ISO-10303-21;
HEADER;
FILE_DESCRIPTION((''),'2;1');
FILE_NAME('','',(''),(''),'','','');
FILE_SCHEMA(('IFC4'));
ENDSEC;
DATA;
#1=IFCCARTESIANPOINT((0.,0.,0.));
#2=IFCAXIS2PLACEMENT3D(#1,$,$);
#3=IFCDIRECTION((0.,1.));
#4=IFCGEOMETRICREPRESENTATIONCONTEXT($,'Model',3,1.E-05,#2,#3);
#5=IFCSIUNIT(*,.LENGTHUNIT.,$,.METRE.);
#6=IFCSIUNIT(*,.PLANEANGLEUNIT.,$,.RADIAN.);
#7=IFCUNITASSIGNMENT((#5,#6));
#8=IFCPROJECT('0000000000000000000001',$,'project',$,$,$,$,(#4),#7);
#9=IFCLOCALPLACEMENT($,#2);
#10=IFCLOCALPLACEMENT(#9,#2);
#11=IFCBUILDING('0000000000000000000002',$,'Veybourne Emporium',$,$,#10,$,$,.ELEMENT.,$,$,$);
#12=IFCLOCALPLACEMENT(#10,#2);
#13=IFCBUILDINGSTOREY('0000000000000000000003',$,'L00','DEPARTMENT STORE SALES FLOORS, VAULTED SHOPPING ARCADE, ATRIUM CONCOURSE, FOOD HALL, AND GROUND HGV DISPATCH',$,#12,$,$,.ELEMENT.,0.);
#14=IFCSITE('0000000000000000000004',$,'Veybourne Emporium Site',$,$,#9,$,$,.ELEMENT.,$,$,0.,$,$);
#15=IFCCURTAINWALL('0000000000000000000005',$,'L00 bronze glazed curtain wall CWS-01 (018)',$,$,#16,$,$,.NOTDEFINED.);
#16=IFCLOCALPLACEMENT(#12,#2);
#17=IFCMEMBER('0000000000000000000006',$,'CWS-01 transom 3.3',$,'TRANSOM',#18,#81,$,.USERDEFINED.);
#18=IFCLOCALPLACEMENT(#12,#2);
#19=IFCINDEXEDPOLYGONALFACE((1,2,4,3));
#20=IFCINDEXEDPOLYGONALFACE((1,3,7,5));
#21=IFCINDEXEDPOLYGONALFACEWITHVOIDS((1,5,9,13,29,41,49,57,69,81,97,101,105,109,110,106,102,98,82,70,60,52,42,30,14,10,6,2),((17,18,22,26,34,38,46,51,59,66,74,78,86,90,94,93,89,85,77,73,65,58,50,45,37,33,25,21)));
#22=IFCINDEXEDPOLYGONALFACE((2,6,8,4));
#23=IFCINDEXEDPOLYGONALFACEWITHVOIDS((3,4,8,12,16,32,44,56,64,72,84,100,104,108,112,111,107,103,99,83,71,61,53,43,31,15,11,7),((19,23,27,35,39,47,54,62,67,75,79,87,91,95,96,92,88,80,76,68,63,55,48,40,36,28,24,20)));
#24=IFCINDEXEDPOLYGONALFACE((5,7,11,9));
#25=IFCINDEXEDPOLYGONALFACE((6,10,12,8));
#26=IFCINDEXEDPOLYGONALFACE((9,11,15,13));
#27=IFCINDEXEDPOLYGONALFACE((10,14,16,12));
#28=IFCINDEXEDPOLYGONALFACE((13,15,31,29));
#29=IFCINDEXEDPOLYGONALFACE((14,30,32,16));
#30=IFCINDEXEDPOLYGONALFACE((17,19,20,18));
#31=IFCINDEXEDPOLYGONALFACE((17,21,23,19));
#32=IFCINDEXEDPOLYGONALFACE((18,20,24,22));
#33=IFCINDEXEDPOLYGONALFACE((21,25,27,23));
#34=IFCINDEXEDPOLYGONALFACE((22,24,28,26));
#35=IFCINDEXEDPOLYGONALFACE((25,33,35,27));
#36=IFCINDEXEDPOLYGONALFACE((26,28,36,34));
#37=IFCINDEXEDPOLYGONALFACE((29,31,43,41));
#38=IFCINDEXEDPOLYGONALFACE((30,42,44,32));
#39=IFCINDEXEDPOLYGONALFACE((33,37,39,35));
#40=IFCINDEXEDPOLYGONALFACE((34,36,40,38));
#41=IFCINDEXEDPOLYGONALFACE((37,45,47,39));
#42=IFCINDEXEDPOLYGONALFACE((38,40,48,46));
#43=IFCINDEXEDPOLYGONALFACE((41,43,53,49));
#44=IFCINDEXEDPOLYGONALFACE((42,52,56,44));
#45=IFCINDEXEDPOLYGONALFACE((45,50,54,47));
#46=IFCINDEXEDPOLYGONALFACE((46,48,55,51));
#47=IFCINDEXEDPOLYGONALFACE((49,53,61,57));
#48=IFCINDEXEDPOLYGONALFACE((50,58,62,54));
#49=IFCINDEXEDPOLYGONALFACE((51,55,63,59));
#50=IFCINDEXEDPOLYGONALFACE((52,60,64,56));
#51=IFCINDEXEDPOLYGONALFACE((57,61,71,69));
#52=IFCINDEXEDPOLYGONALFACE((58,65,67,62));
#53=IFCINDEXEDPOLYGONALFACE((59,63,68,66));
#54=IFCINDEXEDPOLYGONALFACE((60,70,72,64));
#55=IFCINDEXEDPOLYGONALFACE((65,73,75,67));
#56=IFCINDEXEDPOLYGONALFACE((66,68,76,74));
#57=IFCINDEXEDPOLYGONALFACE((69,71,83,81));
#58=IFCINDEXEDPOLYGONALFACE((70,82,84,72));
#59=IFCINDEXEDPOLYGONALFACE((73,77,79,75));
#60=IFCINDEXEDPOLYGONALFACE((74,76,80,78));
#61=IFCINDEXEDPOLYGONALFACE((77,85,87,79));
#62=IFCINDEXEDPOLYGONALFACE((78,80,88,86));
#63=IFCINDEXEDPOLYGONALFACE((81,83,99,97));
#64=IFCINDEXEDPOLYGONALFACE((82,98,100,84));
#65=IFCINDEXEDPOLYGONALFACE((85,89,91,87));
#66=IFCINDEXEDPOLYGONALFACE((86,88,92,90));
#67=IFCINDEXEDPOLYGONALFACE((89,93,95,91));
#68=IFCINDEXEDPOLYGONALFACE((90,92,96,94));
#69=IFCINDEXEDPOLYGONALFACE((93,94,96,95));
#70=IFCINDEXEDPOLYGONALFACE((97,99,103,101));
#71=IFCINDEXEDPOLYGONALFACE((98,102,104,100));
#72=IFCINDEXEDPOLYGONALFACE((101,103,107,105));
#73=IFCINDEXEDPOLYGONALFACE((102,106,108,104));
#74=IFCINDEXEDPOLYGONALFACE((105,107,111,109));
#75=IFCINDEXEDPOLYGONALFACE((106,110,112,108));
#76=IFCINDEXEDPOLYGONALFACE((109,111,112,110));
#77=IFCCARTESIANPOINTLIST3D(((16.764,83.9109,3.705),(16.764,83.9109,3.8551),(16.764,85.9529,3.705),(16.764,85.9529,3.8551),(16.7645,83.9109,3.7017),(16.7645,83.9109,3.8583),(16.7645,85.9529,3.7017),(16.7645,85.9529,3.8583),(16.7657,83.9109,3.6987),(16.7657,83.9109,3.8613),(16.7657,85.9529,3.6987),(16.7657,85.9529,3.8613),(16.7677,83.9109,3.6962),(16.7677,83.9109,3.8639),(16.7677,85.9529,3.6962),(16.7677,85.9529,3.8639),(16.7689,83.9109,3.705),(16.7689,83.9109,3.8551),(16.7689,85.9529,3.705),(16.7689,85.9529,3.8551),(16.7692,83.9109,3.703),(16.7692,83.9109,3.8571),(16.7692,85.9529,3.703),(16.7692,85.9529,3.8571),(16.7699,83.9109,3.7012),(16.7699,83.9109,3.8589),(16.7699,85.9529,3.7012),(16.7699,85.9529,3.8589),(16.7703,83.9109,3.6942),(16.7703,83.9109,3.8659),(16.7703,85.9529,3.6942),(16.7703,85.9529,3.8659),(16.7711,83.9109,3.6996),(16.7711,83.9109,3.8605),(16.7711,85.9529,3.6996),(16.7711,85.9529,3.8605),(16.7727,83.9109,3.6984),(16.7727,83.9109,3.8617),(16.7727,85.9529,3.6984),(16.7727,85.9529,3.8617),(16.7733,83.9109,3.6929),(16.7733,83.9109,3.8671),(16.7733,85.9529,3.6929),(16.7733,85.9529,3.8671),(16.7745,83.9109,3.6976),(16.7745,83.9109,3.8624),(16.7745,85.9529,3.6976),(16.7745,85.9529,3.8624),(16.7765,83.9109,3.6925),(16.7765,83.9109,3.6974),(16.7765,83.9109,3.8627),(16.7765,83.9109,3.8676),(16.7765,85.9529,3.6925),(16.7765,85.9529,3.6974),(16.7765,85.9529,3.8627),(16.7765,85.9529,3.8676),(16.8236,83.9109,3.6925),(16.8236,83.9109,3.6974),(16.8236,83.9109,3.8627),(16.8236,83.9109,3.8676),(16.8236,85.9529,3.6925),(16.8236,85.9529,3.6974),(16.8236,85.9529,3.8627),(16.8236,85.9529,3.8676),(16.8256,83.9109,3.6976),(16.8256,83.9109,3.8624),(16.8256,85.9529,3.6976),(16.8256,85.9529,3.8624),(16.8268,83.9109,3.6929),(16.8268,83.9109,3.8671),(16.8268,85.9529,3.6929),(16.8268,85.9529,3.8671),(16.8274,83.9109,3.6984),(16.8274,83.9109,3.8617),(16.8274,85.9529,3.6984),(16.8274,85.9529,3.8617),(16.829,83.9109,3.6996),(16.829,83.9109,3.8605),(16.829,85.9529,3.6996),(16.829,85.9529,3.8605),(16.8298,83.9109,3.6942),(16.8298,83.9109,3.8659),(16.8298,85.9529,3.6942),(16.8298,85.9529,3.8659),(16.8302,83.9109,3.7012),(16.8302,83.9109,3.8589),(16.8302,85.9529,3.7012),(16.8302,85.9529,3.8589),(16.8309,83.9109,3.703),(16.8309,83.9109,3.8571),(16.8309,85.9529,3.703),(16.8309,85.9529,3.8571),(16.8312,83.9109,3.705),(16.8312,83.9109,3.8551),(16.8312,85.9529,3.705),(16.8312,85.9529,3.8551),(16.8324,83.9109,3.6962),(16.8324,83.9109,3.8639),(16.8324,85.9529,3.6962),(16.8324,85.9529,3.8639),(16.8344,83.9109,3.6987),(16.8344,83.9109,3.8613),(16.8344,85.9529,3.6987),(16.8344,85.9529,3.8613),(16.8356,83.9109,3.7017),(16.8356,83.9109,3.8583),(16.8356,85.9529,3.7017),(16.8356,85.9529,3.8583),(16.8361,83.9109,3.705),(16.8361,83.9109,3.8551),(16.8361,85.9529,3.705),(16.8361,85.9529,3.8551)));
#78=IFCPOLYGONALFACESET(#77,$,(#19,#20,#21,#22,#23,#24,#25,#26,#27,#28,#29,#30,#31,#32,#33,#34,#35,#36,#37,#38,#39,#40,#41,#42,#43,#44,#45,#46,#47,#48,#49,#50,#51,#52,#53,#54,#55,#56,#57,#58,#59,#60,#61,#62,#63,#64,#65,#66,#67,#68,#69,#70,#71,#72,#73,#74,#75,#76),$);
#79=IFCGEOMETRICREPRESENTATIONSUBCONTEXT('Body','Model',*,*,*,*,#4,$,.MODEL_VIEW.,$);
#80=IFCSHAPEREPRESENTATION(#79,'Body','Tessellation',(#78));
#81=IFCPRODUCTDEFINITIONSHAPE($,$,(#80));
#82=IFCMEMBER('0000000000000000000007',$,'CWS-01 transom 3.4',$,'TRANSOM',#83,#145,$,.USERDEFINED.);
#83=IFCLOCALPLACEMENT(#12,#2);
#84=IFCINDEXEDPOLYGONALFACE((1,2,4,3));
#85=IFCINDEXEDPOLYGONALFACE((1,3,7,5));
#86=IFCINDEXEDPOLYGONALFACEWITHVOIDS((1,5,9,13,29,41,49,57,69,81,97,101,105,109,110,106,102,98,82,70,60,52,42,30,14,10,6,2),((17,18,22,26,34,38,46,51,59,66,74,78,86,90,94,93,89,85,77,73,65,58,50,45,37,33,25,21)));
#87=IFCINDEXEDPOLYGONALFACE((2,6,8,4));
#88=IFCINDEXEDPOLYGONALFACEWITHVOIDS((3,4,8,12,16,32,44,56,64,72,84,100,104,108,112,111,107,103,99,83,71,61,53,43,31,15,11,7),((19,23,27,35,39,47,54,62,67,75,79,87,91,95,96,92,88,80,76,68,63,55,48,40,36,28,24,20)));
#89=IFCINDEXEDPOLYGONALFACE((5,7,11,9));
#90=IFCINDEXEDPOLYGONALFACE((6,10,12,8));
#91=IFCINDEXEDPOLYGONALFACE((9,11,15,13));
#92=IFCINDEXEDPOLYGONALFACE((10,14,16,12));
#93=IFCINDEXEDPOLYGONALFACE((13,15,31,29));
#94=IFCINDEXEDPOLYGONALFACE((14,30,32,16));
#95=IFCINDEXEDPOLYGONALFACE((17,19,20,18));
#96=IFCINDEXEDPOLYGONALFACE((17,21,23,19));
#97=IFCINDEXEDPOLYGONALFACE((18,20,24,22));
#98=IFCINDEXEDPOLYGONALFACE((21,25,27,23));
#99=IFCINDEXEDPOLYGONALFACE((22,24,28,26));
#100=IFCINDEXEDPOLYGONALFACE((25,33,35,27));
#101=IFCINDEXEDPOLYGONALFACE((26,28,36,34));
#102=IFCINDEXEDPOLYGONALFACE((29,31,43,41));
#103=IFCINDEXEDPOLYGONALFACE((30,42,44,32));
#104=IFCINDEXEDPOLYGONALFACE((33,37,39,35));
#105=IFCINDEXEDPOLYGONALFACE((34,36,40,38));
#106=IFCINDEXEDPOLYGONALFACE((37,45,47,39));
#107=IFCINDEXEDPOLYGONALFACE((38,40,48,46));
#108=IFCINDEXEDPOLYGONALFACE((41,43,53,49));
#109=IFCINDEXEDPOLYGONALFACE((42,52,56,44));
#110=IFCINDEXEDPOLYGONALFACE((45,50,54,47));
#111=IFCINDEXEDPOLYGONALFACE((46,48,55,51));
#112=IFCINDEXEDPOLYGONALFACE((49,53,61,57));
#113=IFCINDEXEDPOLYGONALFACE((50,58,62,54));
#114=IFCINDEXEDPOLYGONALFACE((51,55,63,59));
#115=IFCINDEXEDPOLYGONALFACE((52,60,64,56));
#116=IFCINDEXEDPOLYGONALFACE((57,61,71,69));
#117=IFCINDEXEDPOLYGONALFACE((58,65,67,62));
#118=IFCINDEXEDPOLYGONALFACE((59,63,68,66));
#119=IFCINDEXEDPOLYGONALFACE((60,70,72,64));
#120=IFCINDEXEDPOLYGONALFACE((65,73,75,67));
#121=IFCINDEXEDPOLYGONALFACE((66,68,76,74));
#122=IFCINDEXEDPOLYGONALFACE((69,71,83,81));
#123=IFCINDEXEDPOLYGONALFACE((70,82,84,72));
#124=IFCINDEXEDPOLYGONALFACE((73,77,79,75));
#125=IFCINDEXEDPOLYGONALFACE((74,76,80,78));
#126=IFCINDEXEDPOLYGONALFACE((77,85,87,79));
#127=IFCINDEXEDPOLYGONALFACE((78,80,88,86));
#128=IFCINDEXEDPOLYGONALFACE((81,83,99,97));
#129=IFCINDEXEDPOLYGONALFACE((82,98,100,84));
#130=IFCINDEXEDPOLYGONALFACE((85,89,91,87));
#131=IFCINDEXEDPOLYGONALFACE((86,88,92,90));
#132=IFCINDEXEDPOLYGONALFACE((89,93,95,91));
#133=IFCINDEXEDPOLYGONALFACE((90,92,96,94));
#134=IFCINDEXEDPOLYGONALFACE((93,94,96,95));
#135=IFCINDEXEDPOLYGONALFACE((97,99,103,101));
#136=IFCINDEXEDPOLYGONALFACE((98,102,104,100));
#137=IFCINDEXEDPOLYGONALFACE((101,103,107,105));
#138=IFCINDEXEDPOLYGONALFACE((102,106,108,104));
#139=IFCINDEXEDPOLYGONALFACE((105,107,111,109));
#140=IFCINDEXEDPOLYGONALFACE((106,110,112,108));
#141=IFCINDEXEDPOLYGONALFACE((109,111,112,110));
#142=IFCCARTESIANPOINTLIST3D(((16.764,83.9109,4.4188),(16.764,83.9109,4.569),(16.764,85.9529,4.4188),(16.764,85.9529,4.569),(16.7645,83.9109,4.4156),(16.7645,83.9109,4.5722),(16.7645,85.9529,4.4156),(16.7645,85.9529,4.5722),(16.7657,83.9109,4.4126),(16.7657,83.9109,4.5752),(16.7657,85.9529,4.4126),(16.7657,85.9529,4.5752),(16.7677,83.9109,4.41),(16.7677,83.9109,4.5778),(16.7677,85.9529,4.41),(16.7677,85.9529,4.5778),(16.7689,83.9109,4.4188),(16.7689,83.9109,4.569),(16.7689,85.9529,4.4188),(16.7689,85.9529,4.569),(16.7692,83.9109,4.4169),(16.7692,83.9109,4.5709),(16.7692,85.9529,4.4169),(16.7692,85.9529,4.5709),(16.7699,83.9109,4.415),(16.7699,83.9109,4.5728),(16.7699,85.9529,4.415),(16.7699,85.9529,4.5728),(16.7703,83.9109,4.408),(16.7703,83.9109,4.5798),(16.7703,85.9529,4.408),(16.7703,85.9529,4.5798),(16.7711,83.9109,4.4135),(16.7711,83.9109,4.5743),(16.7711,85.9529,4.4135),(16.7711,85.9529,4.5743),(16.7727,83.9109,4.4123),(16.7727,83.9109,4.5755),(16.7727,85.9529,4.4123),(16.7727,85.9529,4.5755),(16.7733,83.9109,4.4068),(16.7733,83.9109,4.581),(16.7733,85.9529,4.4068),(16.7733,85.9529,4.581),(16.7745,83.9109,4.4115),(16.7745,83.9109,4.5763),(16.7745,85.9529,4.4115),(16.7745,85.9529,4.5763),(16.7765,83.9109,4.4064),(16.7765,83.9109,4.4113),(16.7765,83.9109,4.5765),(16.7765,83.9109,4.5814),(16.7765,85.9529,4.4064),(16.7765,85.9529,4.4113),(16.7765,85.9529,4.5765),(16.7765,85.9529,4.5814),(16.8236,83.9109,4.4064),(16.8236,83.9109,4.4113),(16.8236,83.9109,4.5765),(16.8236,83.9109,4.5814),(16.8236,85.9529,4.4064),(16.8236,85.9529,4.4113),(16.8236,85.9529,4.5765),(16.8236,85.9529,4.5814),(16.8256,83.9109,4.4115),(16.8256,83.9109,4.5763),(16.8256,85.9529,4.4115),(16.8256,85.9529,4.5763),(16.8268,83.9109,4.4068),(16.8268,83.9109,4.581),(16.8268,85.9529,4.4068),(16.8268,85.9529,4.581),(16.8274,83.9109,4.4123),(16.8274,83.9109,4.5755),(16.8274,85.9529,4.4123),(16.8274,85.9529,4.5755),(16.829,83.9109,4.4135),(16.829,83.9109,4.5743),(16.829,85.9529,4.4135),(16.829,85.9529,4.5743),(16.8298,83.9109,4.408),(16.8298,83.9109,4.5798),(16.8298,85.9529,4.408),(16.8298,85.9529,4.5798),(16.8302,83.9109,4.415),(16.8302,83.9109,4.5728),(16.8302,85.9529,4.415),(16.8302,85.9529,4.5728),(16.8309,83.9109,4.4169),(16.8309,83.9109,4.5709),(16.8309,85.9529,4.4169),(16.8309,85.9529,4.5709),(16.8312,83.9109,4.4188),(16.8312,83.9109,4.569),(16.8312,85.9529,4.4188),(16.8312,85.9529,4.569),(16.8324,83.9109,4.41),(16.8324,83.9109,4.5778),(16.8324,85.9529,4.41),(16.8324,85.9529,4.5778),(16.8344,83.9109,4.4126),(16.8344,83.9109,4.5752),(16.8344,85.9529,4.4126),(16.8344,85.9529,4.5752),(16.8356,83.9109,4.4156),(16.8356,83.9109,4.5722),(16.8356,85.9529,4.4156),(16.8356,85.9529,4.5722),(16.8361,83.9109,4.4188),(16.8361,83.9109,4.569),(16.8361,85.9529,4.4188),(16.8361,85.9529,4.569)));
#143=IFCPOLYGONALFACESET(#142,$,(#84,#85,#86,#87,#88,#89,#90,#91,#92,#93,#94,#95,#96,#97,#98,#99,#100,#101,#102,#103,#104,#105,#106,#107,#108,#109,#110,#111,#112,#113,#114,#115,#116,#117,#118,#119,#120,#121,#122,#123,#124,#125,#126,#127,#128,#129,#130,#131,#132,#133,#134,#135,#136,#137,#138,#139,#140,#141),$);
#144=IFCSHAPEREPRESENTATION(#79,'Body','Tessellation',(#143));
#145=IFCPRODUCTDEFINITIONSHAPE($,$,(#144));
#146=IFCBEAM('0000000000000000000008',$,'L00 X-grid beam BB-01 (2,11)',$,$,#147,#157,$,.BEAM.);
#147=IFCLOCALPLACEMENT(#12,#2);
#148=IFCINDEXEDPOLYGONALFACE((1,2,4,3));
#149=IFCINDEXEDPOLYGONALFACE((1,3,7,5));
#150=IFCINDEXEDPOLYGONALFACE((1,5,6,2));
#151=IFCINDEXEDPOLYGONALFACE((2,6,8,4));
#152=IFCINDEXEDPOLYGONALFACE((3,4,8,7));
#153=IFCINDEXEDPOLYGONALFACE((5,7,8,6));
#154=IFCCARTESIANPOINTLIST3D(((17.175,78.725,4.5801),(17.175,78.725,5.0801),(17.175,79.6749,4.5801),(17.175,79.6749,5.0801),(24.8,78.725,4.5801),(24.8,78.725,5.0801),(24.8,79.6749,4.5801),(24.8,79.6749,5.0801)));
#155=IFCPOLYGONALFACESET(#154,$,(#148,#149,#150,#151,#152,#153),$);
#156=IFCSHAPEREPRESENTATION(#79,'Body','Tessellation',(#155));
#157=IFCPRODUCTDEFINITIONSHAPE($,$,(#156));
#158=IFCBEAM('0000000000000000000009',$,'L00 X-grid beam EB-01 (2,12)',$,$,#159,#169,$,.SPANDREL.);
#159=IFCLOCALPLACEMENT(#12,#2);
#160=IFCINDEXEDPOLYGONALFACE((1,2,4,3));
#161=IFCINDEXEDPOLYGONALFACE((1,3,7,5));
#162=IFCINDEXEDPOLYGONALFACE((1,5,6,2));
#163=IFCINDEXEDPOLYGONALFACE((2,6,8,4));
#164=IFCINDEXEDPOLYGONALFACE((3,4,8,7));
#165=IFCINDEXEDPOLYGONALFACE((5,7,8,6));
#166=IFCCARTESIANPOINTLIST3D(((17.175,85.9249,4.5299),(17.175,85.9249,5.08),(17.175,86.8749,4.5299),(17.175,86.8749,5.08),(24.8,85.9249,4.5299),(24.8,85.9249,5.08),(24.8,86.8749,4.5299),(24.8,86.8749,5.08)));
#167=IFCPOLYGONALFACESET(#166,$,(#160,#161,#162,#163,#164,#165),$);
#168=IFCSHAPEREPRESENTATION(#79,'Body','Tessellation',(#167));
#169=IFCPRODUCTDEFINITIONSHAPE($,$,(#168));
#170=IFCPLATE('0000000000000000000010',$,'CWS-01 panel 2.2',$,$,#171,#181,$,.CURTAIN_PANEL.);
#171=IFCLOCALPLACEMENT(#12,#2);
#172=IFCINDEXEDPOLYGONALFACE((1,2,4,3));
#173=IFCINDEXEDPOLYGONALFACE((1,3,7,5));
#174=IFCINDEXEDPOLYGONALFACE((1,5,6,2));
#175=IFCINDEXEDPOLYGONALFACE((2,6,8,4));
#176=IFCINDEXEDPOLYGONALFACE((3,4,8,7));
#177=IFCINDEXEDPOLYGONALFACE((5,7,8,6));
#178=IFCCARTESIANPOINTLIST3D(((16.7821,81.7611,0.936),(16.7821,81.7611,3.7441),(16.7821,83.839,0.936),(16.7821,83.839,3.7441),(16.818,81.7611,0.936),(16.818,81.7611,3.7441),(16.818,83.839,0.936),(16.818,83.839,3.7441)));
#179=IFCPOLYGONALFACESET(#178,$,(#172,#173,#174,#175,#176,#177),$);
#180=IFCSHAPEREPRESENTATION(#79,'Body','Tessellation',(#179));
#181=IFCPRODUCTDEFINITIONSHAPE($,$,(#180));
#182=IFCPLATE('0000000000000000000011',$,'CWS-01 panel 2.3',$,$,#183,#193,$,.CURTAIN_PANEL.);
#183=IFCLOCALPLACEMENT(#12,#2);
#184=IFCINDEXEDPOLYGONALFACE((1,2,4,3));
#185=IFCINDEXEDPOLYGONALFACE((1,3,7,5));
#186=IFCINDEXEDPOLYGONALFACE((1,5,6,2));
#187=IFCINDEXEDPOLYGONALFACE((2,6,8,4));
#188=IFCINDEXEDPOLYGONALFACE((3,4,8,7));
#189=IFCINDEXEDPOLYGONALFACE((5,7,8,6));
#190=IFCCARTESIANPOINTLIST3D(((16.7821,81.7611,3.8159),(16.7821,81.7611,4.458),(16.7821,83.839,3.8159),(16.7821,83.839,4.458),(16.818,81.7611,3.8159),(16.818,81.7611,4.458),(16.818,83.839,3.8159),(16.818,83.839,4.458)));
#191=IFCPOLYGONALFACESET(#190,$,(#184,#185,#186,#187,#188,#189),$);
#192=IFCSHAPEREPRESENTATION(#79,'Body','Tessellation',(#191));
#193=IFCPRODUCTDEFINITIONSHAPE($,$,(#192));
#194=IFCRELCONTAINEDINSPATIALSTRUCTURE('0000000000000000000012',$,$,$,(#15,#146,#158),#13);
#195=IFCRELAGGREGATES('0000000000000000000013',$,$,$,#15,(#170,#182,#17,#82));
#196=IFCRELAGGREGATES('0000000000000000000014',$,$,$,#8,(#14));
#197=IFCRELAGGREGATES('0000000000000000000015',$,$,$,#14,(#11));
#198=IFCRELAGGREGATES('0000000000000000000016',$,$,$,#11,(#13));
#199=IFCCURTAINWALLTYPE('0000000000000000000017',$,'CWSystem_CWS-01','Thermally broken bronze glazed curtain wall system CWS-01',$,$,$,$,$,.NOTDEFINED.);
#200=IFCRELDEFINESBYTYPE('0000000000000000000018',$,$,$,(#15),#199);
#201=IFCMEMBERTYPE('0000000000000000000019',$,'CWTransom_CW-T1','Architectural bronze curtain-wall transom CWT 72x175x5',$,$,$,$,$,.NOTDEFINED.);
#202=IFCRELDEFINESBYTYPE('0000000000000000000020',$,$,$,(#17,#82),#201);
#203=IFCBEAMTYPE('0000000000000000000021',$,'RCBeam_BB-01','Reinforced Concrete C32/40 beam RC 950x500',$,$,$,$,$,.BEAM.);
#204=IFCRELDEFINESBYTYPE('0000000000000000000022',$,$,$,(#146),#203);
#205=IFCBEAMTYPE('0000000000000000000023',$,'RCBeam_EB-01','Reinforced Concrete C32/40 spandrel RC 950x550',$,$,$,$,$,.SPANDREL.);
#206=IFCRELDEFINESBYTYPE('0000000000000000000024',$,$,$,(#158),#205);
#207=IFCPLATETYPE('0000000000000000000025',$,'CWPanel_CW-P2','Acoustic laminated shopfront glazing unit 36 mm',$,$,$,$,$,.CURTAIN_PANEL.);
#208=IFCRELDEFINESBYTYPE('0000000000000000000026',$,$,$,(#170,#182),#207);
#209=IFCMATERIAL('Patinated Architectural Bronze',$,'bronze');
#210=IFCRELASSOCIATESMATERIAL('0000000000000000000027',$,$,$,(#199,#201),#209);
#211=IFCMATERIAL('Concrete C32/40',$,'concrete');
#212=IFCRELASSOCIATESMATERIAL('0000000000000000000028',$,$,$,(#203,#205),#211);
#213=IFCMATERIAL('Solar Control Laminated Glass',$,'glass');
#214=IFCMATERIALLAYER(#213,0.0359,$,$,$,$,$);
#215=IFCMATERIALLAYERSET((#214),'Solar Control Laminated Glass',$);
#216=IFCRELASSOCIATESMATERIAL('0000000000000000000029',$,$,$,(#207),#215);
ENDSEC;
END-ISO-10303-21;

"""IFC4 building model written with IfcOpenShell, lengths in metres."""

from ifc_helpers import new_model, si_unit, direction, frame, origin, origin_2d, place, context, subcontext, project, spatial, rectangle, hollow_rectangle, extrude, material, layer, layer_set, material_profile, profile_set, type_object, element, aggregate, save


model = new_model("IFC4")

# Units and contexts
model_context = context("Model", 3, precision=1e-05, world=origin(), true_north=direction((0.0, 1.0)))
body_context = subcontext(model_context, "Body", "Model", "MODEL_VIEW")
ifc_project = project(units=[si_unit("LENGTHUNIT", "METRE"), si_unit("PLANEANGLEUNIT", "RADIAN")], contexts=[model_context])

# Site, building, storey
site_placement = place(None, origin())
site = spatial("IfcSite", under=ifc_project, at=site_placement, Name="Veybourne Emporium Site", CompositionType="ELEMENT", RefElevation=0.0)
building_placement = place(site_placement, origin())
building = spatial("IfcBuilding", under=site, at=building_placement, Name="Veybourne Emporium", CompositionType="ELEMENT")
storey_placement = place(building_placement, origin())
storey = spatial("IfcBuildingStorey", under=building, at=storey_placement, Name="L00", Description="DEPARTMENT STORE SALES FLOORS, VAULTED SHOPPING ARCADE, ATRIUM CONCOURSE, FOOD HALL, AND GROUND HGV DISPATCH", CompositionType="ELEMENT", Elevation=0.0)

# Curtain wall, members
ifc_material_1 = material(Name="Patinated Architectural Bronze", Category="bronze")
curtain_wall_type = type_object("IfcCurtainWallType", Name="CWSystem_CWS-01", Description="Thermally broken bronze glazed curtain wall system CWS-01", PredefinedType="NOTDEFINED", material=ifc_material_1)
curtain_wall_placement = place(storey_placement, origin())
curtain_wall = element("IfcCurtainWall", 1, at=curtain_wall_placement, inside=storey, type_object=curtain_wall_type, Name="L00 bronze glazed curtain wall CWS-01 (018)", PredefinedType="NOTDEFINED")
ifc_material_profile_1 = material_profile(ifc_material_1, hollow_rectangle(XDim=0.072, YDim=0.175, WallThickness=0.0049, InnerFilletRadius=0.0076, OuterFilletRadius=0.0125, at=origin_2d()), Name="CWT 72x175x5")
ifc_profile_set_1 = profile_set([ifc_material_profile_1], Name="Patinated Architectural Bronze")
member_type_1 = type_object("IfcMemberType", Name="CWTransom_CW-T1", Description="Architectural bronze curtain-wall transom CWT 72x175x5", PredefinedType="NOTDEFINED", material=ifc_profile_set_1)
member_1_placement = place(storey_placement, frame((16.8, 83.9109, 3.78), z_axis=(0.0, 1.0, 0.0), x_axis=(-1.0, 0.0, 0.0)))
member_1 = element("IfcMember", 2, at=member_1_placement, type_object=member_type_1, Name="CWS-01 transom 3.3", ObjectType="TRANSOM", PredefinedType="USERDEFINED", context=body_context, shape_type="SweptSolid", body=[
    extrude(hollow_rectangle(XDim=0.072, YDim=0.175, WallThickness=0.0049, InnerFilletRadius=0.0076, OuterFilletRadius=0.0125, at=origin_2d()), origin(), (0.0, 0.0, 1.0), 2.042),
])
member_2_placement = place(storey_placement, frame((16.8, 83.9109, 4.4939), z_axis=(0.0, 1.0, 0.0), x_axis=(-1.0, 0.0, 0.0)))
member_2 = element("IfcMember", 3, at=member_2_placement, type_object=member_type_1, Name="CWS-01 transom 3.4", ObjectType="TRANSOM", PredefinedType="USERDEFINED", context=body_context, shape_type="SweptSolid", body=[
    extrude(hollow_rectangle(XDim=0.072, YDim=0.175, WallThickness=0.0049, InnerFilletRadius=0.0076, OuterFilletRadius=0.0125, at=origin_2d()), origin(), (0.0, 0.0, 1.0), 2.042),
])

# Beams
ifc_material_2 = material(Name="Concrete C32/40", Category="concrete")
ifc_material_profile_2 = material_profile(ifc_material_2, rectangle(XDim=0.95, YDim=0.5, at=origin_2d()), Name="RC 950x500")
ifc_profile_set_2 = profile_set([ifc_material_profile_2], Name="Concrete C32/40")
beam_type_1 = type_object("IfcBeamType", Name="RCBeam_BB-01", Description="Reinforced Concrete C32/40 beam RC 950x500", PredefinedType="BEAM", material=ifc_profile_set_2)
beam_1_placement = place(storey_placement, frame((17.175, 79.2, 4.8301), z_axis=(1.0, 0.0, 0.0), x_axis=(0.0, 1.0, 0.0)))
element("IfcBeam", 4, at=beam_1_placement, inside=storey, type_object=beam_type_1, Name="L00 X-grid beam BB-01 (2,11)", PredefinedType="BEAM", context=body_context, shape_type="SweptSolid", body=[
    extrude(rectangle(XDim=0.95, YDim=0.5, at=origin_2d()), origin(), (0.0, 0.0, 1.0), 7.625),
])
ifc_material_profile_3 = material_profile(ifc_material_2, rectangle(XDim=0.95, YDim=0.55, at=origin_2d()), Name="RC 950x550")
ifc_profile_set_3 = profile_set([ifc_material_profile_3], Name="Concrete C32/40")
beam_type_2 = type_object("IfcBeamType", Name="RCBeam_EB-01", Description="Reinforced Concrete C32/40 spandrel RC 950x550", PredefinedType="SPANDREL", material=ifc_profile_set_3)
beam_2_placement = place(storey_placement, frame((17.175, 86.3999, 4.8049), z_axis=(1.0, 0.0, 0.0), x_axis=(0.0, 1.0, 0.0)))
element("IfcBeam", 5, at=beam_2_placement, inside=storey, type_object=beam_type_2, Name="L00 X-grid beam EB-01 (2,12)", PredefinedType="SPANDREL", context=body_context, shape_type="SweptSolid", body=[
    extrude(rectangle(XDim=0.95, YDim=0.55, at=origin_2d()), origin(), (0.0, 0.0, 1.0), 7.625),
])

# Plates
ifc_material_3 = material(Name="Solar Control Laminated Glass", Category="glass")
ifc_layer_1 = layer(ifc_material_3, 0.0359)
ifc_layer_set_1 = layer_set([ifc_layer_1], Name="Solar Control Laminated Glass")
plate_type = type_object("IfcPlateType", Name="CWPanel_CW-P2", Description="Acoustic laminated shopfront glazing unit 36 mm", PredefinedType="CURTAIN_PANEL", material=ifc_layer_set_1)
plate_1_placement = place(storey_placement, frame((16.8, 82.8, 0.936), z_axis=(0.0, 0.0, 1.0), x_axis=(0.0, 1.0, 0.0)))
plate_1 = element("IfcPlate", 6, at=plate_1_placement, type_object=plate_type, Name="CWS-01 panel 2.2", PredefinedType="CURTAIN_PANEL", context=body_context, shape_type="SweptSolid", body=[
    extrude(rectangle(XDim=2.0779, YDim=0.0359, at=origin_2d()), origin(), (0.0, 0.0, 1.0), 2.8081),
])
plate_2_placement = place(storey_placement, frame((16.8, 82.8, 3.8159), z_axis=(0.0, 0.0, 1.0), x_axis=(0.0, 1.0, 0.0)))
plate_2 = element("IfcPlate", 7, at=plate_2_placement, type_object=plate_type, Name="CWS-01 panel 2.3", PredefinedType="CURTAIN_PANEL", context=body_context, shape_type="SweptSolid", body=[
    extrude(rectangle(XDim=2.0779, YDim=0.0359, at=origin_2d()), origin(), (0.0, 0.0, 1.0), 0.6421),
])
aggregate(curtain_wall, [plate_1, plate_2, member_1, member_2])

save(model, "model.ifc")
